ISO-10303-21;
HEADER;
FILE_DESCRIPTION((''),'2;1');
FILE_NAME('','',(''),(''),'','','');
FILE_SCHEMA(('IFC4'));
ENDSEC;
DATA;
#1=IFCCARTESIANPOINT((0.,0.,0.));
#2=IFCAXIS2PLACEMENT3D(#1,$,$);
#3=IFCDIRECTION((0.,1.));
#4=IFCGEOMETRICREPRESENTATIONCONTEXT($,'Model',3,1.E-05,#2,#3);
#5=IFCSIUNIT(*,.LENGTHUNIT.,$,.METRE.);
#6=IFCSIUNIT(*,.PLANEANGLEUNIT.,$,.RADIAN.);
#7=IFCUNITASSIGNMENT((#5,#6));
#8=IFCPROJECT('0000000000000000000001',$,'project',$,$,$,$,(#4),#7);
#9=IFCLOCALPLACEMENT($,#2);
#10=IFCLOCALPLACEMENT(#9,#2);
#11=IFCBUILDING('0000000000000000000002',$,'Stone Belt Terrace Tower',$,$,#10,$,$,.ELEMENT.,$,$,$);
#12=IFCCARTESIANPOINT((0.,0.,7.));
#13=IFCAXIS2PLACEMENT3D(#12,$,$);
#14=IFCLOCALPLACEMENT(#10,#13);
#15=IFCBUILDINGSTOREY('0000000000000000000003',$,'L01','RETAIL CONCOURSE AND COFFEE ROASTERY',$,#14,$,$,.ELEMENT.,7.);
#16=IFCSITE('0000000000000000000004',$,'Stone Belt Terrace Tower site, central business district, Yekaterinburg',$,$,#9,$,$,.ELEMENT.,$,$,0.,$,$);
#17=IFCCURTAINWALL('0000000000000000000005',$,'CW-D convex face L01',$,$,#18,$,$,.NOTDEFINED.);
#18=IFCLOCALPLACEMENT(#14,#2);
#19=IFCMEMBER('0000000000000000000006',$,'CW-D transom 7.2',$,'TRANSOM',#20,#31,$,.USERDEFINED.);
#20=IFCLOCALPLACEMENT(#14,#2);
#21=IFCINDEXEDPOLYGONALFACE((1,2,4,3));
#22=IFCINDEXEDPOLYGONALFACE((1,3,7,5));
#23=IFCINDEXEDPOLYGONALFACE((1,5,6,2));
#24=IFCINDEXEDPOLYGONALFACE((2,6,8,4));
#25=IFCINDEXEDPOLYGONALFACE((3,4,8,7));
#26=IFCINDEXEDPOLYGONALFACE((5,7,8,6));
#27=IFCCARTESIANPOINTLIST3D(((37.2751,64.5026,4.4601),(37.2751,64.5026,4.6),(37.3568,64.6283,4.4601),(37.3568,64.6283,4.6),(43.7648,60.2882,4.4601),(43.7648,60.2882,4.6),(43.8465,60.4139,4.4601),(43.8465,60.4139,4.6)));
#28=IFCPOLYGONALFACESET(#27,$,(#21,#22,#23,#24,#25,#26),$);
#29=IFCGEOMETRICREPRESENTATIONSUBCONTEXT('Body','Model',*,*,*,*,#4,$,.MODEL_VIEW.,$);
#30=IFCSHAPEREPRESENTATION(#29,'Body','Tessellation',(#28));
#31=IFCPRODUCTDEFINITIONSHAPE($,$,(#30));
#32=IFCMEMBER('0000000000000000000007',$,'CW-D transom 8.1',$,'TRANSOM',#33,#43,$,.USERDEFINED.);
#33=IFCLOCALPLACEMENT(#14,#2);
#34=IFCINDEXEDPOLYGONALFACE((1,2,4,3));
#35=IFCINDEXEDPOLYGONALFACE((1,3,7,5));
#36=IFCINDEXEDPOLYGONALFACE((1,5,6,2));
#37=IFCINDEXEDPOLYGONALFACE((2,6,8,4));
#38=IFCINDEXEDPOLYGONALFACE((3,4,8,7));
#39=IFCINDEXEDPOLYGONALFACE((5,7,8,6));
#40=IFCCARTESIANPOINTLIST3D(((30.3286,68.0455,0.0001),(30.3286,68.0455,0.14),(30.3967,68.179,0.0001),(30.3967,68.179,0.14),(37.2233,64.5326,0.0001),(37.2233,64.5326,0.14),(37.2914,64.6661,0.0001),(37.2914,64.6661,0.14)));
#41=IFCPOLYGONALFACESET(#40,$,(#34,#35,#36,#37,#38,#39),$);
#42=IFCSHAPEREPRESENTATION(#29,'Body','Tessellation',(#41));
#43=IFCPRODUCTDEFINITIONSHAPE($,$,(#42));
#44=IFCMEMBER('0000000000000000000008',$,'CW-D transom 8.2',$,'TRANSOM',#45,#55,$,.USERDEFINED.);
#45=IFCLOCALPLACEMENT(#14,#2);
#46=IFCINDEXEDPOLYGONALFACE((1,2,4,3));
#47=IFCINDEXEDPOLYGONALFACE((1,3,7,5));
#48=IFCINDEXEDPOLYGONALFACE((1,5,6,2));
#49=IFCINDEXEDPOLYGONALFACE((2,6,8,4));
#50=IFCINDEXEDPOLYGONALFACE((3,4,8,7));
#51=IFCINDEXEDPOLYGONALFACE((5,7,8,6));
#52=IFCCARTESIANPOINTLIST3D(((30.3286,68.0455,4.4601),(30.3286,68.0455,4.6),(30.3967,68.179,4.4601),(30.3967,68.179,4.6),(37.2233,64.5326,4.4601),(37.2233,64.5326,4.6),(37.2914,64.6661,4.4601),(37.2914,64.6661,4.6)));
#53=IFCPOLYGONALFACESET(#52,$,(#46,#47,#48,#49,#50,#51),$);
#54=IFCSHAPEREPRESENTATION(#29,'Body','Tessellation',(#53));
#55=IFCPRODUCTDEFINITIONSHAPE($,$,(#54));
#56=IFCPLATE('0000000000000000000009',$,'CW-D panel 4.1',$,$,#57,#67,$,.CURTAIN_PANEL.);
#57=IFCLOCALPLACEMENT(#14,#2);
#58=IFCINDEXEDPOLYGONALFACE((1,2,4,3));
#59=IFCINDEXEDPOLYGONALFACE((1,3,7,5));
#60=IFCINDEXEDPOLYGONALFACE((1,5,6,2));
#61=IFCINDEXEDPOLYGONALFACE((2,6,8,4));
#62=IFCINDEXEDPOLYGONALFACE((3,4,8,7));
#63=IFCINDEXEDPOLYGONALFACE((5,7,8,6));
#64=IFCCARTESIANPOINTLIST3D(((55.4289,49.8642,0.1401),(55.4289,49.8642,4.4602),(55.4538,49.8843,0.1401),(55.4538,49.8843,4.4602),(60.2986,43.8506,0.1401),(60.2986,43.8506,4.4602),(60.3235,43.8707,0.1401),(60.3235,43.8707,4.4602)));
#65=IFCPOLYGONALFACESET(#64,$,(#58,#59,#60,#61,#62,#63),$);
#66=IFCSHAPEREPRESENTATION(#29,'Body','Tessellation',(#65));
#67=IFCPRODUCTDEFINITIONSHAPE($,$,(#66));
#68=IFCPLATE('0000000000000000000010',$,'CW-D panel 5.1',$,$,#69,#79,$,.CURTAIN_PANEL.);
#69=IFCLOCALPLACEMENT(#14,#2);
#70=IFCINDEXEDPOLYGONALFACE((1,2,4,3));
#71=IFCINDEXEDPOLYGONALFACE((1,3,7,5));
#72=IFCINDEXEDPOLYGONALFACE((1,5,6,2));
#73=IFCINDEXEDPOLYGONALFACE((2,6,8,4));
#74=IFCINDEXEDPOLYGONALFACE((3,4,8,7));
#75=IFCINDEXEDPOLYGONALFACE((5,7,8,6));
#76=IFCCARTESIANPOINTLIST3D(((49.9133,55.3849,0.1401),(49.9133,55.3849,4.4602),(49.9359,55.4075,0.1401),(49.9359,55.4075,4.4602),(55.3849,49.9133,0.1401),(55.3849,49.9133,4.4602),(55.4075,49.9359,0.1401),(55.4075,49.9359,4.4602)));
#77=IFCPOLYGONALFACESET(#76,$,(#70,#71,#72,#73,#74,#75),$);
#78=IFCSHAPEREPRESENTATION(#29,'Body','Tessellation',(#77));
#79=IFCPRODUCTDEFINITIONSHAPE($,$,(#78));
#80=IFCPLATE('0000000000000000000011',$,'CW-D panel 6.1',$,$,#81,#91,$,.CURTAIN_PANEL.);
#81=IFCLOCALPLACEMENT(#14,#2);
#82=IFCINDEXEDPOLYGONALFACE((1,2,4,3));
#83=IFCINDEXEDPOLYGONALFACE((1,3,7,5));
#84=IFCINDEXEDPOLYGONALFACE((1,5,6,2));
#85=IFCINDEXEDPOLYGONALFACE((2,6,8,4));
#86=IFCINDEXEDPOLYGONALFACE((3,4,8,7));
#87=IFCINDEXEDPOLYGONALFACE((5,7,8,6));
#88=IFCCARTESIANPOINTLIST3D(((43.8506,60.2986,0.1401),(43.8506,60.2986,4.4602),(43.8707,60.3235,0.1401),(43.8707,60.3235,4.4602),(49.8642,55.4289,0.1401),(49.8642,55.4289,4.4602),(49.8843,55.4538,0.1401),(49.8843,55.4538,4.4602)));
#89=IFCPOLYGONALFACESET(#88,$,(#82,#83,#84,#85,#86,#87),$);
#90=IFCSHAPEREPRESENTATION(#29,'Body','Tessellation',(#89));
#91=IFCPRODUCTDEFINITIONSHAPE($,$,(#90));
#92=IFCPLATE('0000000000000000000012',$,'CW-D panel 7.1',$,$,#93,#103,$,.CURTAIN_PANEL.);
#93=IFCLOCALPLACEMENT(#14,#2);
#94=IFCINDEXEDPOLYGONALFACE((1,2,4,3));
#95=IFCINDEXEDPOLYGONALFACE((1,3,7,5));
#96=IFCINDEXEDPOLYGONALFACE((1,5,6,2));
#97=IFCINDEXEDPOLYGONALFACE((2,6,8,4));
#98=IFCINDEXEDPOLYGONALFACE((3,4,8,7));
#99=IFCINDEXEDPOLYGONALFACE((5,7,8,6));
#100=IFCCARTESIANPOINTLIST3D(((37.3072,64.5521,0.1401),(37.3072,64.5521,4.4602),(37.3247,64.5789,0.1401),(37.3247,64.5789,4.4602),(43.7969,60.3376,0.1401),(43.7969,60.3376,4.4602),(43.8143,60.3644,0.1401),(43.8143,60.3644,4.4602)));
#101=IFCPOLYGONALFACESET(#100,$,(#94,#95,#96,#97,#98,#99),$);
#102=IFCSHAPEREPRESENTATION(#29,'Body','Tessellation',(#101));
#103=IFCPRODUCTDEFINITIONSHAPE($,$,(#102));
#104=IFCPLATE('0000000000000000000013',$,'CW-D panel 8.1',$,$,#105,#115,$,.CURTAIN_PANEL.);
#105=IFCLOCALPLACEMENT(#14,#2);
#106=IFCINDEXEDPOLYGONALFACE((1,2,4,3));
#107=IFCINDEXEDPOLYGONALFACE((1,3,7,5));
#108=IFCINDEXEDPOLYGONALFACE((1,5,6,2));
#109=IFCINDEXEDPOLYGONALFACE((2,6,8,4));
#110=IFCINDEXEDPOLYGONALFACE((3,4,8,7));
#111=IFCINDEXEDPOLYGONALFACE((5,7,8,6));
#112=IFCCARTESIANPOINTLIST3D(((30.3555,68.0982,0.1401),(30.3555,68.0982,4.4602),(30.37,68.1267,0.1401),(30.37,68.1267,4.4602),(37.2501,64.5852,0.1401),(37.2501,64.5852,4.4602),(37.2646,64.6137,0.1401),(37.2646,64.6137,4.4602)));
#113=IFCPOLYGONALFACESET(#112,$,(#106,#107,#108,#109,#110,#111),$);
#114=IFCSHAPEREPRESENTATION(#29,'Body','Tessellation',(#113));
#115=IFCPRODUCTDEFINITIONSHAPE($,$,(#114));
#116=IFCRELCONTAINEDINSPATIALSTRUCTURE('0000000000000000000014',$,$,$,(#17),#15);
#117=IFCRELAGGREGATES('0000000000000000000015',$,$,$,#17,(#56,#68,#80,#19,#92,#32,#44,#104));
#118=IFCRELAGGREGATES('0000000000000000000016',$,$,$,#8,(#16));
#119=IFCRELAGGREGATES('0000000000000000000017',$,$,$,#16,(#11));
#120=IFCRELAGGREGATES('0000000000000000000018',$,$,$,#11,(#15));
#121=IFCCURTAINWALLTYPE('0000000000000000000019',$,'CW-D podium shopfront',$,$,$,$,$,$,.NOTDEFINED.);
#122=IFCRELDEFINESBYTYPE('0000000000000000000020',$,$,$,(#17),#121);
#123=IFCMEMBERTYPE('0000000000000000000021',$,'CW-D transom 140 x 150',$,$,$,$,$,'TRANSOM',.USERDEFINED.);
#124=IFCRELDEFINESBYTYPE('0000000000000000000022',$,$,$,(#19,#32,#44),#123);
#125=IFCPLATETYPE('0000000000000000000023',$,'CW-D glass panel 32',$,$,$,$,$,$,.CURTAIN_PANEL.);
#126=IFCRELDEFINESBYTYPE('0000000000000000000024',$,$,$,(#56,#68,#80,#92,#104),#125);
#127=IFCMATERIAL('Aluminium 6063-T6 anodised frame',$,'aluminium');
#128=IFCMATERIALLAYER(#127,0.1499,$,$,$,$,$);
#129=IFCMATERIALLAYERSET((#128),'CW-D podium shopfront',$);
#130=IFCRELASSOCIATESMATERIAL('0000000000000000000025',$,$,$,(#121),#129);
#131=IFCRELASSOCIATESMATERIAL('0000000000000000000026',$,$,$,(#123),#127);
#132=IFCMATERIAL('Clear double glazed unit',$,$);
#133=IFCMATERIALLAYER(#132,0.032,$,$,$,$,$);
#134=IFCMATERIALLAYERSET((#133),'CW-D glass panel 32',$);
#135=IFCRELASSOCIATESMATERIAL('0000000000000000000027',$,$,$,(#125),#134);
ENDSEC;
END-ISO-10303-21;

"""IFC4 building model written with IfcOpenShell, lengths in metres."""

from ifc_helpers import new_model, si_unit, direction, frame, origin, origin_2d, place, context, subcontext, project, spatial, rectangle, extrude, material, layer, layer_set, material_profile, profile_set, type_object, element, aggregate, save


model = new_model("IFC4")

# Units and contexts
model_context = context("Model", 3, precision=1e-05, world=origin(), true_north=direction((0.0, 1.0)))
body_context = subcontext(model_context, "Body", "Model", "MODEL_VIEW")
ifc_project = project(units=[si_unit("LENGTHUNIT", "METRE"), si_unit("PLANEANGLEUNIT", "RADIAN")], contexts=[model_context])

# Site, building, storey
site_placement = place(None, origin())
site = spatial("IfcSite", under=ifc_project, at=site_placement, Name="Stone Belt Terrace Tower site, central business district, Yekaterinburg", CompositionType="ELEMENT", RefElevation=0.0)
building_placement = place(site_placement, origin())
building = spatial("IfcBuilding", under=site, at=building_placement, Name="Stone Belt Terrace Tower", CompositionType="ELEMENT")
storey_placement = place(building_placement, frame((0.0, 0.0, 7.0)))
storey = spatial("IfcBuildingStorey", under=building, at=storey_placement, Name="L01", Description="RETAIL CONCOURSE AND COFFEE ROASTERY", CompositionType="ELEMENT", Elevation=7.0)

# Curtain wall, members, plates
ifc_material_1 = material(Name="Aluminium 6063-T6 anodised frame", Category="aluminium")
ifc_layer_1 = layer(ifc_material_1, 0.1499)
ifc_layer_set_1 = layer_set([ifc_layer_1], Name="CW-D podium shopfront")
curtain_wall_type = type_object("IfcCurtainWallType", Name="CW-D podium shopfront", PredefinedType="NOTDEFINED", material=ifc_layer_set_1)
curtain_wall_placement = place(storey_placement, origin())
curtain_wall = element("IfcCurtainWall", 1, at=curtain_wall_placement, inside=storey, type_object=curtain_wall_type, Name="CW-D convex face L01", PredefinedType="NOTDEFINED")
ifc_material_profile_1 = material_profile(ifc_material_1, rectangle(XDim=0.1499, YDim=0.1399, at=origin_2d()), Name="Aluminium 6063-T6 150x140")
ifc_profile_set_1 = profile_set([ifc_material_profile_1], Name="Aluminium 6063-T6 anodised frame")
member_type_1 = type_object("IfcMemberType", Name="CW-D transom 140 x 150", ElementType="TRANSOM", PredefinedType="USERDEFINED", material=ifc_profile_set_1)
member_1_placement = place(storey_placement, frame((43.8057, 60.3511, 4.53), z_axis=(-0.838679, 0.544627, 0.0), x_axis=(-0.544627, -0.838679, 0.0)))
member_1 = element("IfcMember", 2, at=member_1_placement, type_object=member_type_1, Name="CW-D transom 7.2", ObjectType="TRANSOM", PredefinedType="USERDEFINED", context=body_context, shape_type="SweptSolid", body=[
    extrude(rectangle(XDim=0.1499, YDim=0.1399, at=origin_2d()), origin(), (0.0, 0.0, 1.0), 7.738),
])
member_2_placement = place(storey_placement, frame((37.2573, 64.5994, 0.0701), z_axis=(-0.891013, 0.453978, 0.0), x_axis=(-0.453978, -0.891013, 0.0)))
member_2 = element("IfcMember", 3, at=member_2_placement, type_object=member_type_1, Name="CW-D transom 8.1", ObjectType="TRANSOM", PredefinedType="USERDEFINED", context=body_context, shape_type="SweptSolid", body=[
    extrude(rectangle(XDim=0.1499, YDim=0.1399, at=origin_2d()), origin(), (0.0, 0.0, 1.0), 7.738),
])
member_3_placement = place(storey_placement, frame((37.2573, 64.5994, 4.53), z_axis=(-0.891013, 0.453978, 0.0), x_axis=(-0.453978, -0.891013, 0.0)))
member_3 = element("IfcMember", 4, at=member_3_placement, type_object=member_type_1, Name="CW-D transom 8.2", ObjectType="TRANSOM", PredefinedType="USERDEFINED", context=body_context, shape_type="SweptSolid", body=[
    extrude(rectangle(XDim=0.1499, YDim=0.1399, at=origin_2d()), origin(), (0.0, 0.0, 1.0), 7.738),
])
ifc_material_2 = material(Name="Clear double glazed unit")
ifc_layer_2 = layer(ifc_material_2, 0.032)
ifc_layer_set_2 = layer_set([ifc_layer_2], Name="CW-D glass panel 32")
plate_type = type_object("IfcPlateType", Name="CW-D glass panel 32", PredefinedType="CURTAIN_PANEL", material=ifc_layer_set_2)
plate_1_placement = place(storey_placement, frame((57.8762, 46.8674, 0.1401), z_axis=(0.0, 0.0, 1.0), x_axis=(-0.62932, 0.777146, 0.0)))
plate_1 = element("IfcPlate", 5, at=plate_1_placement, type_object=plate_type, Name="CW-D panel 4.1", PredefinedType="CURTAIN_PANEL", context=body_context, shape_type="SweptSolid", body=[
    extrude(rectangle(XDim=7.738, YDim=0.032, at=origin_2d()), origin(), (0.0, 0.0, 1.0), 4.3201),
])
plate_2_placement = place(storey_placement, frame((52.6604, 52.6604, 0.1401), z_axis=(0.0, 0.0, 1.0), x_axis=(-0.707107, 0.707107, 0.0)))
plate_2 = element("IfcPlate", 6, at=plate_2_placement, type_object=plate_type, Name="CW-D panel 5.1", PredefinedType="CURTAIN_PANEL", context=body_context, shape_type="SweptSolid", body=[
    extrude(rectangle(XDim=7.738, YDim=0.032, at=origin_2d()), origin(), (0.0, 0.0, 1.0), 4.3201),
])
plate_3_placement = place(storey_placement, frame((46.8674, 57.8762, 0.1401), z_axis=(0.0, 0.0, 1.0), x_axis=(-0.777146, 0.62932, 0.0)))
plate_3 = element("IfcPlate", 7, at=plate_3_placement, type_object=plate_type, Name="CW-D panel 6.1", PredefinedType="CURTAIN_PANEL", context=body_context, shape_type="SweptSolid", body=[
    extrude(rectangle(XDim=7.738, YDim=0.032, at=origin_2d()), origin(), (0.0, 0.0, 1.0), 4.3201),
])
plate_4_placement = place(storey_placement, frame((40.5608, 62.4583, 0.1401), z_axis=(0.0, 0.0, 1.0), x_axis=(-0.838671, 0.544639, 0.0)))
plate_4 = element("IfcPlate", 8, at=plate_4_placement, type_object=plate_type, Name="CW-D panel 7.1", PredefinedType="CURTAIN_PANEL", context=body_context, shape_type="SweptSolid", body=[
    extrude(rectangle(XDim=7.738, YDim=0.032, at=origin_2d()), origin(), (0.0, 0.0, 1.0), 4.3201),
])
plate_5_placement = place(storey_placement, frame((33.8101, 66.356, 0.1401), z_axis=(0.0, 0.0, 1.0), x_axis=(-0.891007, 0.45399, 0.0)))
plate_5 = element("IfcPlate", 9, at=plate_5_placement, type_object=plate_type, Name="CW-D panel 8.1", PredefinedType="CURTAIN_PANEL", context=body_context, shape_type="SweptSolid", body=[
    extrude(rectangle(XDim=7.738, YDim=0.032, at=origin_2d()), origin(), (0.0, 0.0, 1.0), 4.3201),
])
aggregate(curtain_wall, [plate_1, plate_2, plate_3, member_1, plate_4, member_2, member_3, plate_5])

save(model, "model.ifc")
